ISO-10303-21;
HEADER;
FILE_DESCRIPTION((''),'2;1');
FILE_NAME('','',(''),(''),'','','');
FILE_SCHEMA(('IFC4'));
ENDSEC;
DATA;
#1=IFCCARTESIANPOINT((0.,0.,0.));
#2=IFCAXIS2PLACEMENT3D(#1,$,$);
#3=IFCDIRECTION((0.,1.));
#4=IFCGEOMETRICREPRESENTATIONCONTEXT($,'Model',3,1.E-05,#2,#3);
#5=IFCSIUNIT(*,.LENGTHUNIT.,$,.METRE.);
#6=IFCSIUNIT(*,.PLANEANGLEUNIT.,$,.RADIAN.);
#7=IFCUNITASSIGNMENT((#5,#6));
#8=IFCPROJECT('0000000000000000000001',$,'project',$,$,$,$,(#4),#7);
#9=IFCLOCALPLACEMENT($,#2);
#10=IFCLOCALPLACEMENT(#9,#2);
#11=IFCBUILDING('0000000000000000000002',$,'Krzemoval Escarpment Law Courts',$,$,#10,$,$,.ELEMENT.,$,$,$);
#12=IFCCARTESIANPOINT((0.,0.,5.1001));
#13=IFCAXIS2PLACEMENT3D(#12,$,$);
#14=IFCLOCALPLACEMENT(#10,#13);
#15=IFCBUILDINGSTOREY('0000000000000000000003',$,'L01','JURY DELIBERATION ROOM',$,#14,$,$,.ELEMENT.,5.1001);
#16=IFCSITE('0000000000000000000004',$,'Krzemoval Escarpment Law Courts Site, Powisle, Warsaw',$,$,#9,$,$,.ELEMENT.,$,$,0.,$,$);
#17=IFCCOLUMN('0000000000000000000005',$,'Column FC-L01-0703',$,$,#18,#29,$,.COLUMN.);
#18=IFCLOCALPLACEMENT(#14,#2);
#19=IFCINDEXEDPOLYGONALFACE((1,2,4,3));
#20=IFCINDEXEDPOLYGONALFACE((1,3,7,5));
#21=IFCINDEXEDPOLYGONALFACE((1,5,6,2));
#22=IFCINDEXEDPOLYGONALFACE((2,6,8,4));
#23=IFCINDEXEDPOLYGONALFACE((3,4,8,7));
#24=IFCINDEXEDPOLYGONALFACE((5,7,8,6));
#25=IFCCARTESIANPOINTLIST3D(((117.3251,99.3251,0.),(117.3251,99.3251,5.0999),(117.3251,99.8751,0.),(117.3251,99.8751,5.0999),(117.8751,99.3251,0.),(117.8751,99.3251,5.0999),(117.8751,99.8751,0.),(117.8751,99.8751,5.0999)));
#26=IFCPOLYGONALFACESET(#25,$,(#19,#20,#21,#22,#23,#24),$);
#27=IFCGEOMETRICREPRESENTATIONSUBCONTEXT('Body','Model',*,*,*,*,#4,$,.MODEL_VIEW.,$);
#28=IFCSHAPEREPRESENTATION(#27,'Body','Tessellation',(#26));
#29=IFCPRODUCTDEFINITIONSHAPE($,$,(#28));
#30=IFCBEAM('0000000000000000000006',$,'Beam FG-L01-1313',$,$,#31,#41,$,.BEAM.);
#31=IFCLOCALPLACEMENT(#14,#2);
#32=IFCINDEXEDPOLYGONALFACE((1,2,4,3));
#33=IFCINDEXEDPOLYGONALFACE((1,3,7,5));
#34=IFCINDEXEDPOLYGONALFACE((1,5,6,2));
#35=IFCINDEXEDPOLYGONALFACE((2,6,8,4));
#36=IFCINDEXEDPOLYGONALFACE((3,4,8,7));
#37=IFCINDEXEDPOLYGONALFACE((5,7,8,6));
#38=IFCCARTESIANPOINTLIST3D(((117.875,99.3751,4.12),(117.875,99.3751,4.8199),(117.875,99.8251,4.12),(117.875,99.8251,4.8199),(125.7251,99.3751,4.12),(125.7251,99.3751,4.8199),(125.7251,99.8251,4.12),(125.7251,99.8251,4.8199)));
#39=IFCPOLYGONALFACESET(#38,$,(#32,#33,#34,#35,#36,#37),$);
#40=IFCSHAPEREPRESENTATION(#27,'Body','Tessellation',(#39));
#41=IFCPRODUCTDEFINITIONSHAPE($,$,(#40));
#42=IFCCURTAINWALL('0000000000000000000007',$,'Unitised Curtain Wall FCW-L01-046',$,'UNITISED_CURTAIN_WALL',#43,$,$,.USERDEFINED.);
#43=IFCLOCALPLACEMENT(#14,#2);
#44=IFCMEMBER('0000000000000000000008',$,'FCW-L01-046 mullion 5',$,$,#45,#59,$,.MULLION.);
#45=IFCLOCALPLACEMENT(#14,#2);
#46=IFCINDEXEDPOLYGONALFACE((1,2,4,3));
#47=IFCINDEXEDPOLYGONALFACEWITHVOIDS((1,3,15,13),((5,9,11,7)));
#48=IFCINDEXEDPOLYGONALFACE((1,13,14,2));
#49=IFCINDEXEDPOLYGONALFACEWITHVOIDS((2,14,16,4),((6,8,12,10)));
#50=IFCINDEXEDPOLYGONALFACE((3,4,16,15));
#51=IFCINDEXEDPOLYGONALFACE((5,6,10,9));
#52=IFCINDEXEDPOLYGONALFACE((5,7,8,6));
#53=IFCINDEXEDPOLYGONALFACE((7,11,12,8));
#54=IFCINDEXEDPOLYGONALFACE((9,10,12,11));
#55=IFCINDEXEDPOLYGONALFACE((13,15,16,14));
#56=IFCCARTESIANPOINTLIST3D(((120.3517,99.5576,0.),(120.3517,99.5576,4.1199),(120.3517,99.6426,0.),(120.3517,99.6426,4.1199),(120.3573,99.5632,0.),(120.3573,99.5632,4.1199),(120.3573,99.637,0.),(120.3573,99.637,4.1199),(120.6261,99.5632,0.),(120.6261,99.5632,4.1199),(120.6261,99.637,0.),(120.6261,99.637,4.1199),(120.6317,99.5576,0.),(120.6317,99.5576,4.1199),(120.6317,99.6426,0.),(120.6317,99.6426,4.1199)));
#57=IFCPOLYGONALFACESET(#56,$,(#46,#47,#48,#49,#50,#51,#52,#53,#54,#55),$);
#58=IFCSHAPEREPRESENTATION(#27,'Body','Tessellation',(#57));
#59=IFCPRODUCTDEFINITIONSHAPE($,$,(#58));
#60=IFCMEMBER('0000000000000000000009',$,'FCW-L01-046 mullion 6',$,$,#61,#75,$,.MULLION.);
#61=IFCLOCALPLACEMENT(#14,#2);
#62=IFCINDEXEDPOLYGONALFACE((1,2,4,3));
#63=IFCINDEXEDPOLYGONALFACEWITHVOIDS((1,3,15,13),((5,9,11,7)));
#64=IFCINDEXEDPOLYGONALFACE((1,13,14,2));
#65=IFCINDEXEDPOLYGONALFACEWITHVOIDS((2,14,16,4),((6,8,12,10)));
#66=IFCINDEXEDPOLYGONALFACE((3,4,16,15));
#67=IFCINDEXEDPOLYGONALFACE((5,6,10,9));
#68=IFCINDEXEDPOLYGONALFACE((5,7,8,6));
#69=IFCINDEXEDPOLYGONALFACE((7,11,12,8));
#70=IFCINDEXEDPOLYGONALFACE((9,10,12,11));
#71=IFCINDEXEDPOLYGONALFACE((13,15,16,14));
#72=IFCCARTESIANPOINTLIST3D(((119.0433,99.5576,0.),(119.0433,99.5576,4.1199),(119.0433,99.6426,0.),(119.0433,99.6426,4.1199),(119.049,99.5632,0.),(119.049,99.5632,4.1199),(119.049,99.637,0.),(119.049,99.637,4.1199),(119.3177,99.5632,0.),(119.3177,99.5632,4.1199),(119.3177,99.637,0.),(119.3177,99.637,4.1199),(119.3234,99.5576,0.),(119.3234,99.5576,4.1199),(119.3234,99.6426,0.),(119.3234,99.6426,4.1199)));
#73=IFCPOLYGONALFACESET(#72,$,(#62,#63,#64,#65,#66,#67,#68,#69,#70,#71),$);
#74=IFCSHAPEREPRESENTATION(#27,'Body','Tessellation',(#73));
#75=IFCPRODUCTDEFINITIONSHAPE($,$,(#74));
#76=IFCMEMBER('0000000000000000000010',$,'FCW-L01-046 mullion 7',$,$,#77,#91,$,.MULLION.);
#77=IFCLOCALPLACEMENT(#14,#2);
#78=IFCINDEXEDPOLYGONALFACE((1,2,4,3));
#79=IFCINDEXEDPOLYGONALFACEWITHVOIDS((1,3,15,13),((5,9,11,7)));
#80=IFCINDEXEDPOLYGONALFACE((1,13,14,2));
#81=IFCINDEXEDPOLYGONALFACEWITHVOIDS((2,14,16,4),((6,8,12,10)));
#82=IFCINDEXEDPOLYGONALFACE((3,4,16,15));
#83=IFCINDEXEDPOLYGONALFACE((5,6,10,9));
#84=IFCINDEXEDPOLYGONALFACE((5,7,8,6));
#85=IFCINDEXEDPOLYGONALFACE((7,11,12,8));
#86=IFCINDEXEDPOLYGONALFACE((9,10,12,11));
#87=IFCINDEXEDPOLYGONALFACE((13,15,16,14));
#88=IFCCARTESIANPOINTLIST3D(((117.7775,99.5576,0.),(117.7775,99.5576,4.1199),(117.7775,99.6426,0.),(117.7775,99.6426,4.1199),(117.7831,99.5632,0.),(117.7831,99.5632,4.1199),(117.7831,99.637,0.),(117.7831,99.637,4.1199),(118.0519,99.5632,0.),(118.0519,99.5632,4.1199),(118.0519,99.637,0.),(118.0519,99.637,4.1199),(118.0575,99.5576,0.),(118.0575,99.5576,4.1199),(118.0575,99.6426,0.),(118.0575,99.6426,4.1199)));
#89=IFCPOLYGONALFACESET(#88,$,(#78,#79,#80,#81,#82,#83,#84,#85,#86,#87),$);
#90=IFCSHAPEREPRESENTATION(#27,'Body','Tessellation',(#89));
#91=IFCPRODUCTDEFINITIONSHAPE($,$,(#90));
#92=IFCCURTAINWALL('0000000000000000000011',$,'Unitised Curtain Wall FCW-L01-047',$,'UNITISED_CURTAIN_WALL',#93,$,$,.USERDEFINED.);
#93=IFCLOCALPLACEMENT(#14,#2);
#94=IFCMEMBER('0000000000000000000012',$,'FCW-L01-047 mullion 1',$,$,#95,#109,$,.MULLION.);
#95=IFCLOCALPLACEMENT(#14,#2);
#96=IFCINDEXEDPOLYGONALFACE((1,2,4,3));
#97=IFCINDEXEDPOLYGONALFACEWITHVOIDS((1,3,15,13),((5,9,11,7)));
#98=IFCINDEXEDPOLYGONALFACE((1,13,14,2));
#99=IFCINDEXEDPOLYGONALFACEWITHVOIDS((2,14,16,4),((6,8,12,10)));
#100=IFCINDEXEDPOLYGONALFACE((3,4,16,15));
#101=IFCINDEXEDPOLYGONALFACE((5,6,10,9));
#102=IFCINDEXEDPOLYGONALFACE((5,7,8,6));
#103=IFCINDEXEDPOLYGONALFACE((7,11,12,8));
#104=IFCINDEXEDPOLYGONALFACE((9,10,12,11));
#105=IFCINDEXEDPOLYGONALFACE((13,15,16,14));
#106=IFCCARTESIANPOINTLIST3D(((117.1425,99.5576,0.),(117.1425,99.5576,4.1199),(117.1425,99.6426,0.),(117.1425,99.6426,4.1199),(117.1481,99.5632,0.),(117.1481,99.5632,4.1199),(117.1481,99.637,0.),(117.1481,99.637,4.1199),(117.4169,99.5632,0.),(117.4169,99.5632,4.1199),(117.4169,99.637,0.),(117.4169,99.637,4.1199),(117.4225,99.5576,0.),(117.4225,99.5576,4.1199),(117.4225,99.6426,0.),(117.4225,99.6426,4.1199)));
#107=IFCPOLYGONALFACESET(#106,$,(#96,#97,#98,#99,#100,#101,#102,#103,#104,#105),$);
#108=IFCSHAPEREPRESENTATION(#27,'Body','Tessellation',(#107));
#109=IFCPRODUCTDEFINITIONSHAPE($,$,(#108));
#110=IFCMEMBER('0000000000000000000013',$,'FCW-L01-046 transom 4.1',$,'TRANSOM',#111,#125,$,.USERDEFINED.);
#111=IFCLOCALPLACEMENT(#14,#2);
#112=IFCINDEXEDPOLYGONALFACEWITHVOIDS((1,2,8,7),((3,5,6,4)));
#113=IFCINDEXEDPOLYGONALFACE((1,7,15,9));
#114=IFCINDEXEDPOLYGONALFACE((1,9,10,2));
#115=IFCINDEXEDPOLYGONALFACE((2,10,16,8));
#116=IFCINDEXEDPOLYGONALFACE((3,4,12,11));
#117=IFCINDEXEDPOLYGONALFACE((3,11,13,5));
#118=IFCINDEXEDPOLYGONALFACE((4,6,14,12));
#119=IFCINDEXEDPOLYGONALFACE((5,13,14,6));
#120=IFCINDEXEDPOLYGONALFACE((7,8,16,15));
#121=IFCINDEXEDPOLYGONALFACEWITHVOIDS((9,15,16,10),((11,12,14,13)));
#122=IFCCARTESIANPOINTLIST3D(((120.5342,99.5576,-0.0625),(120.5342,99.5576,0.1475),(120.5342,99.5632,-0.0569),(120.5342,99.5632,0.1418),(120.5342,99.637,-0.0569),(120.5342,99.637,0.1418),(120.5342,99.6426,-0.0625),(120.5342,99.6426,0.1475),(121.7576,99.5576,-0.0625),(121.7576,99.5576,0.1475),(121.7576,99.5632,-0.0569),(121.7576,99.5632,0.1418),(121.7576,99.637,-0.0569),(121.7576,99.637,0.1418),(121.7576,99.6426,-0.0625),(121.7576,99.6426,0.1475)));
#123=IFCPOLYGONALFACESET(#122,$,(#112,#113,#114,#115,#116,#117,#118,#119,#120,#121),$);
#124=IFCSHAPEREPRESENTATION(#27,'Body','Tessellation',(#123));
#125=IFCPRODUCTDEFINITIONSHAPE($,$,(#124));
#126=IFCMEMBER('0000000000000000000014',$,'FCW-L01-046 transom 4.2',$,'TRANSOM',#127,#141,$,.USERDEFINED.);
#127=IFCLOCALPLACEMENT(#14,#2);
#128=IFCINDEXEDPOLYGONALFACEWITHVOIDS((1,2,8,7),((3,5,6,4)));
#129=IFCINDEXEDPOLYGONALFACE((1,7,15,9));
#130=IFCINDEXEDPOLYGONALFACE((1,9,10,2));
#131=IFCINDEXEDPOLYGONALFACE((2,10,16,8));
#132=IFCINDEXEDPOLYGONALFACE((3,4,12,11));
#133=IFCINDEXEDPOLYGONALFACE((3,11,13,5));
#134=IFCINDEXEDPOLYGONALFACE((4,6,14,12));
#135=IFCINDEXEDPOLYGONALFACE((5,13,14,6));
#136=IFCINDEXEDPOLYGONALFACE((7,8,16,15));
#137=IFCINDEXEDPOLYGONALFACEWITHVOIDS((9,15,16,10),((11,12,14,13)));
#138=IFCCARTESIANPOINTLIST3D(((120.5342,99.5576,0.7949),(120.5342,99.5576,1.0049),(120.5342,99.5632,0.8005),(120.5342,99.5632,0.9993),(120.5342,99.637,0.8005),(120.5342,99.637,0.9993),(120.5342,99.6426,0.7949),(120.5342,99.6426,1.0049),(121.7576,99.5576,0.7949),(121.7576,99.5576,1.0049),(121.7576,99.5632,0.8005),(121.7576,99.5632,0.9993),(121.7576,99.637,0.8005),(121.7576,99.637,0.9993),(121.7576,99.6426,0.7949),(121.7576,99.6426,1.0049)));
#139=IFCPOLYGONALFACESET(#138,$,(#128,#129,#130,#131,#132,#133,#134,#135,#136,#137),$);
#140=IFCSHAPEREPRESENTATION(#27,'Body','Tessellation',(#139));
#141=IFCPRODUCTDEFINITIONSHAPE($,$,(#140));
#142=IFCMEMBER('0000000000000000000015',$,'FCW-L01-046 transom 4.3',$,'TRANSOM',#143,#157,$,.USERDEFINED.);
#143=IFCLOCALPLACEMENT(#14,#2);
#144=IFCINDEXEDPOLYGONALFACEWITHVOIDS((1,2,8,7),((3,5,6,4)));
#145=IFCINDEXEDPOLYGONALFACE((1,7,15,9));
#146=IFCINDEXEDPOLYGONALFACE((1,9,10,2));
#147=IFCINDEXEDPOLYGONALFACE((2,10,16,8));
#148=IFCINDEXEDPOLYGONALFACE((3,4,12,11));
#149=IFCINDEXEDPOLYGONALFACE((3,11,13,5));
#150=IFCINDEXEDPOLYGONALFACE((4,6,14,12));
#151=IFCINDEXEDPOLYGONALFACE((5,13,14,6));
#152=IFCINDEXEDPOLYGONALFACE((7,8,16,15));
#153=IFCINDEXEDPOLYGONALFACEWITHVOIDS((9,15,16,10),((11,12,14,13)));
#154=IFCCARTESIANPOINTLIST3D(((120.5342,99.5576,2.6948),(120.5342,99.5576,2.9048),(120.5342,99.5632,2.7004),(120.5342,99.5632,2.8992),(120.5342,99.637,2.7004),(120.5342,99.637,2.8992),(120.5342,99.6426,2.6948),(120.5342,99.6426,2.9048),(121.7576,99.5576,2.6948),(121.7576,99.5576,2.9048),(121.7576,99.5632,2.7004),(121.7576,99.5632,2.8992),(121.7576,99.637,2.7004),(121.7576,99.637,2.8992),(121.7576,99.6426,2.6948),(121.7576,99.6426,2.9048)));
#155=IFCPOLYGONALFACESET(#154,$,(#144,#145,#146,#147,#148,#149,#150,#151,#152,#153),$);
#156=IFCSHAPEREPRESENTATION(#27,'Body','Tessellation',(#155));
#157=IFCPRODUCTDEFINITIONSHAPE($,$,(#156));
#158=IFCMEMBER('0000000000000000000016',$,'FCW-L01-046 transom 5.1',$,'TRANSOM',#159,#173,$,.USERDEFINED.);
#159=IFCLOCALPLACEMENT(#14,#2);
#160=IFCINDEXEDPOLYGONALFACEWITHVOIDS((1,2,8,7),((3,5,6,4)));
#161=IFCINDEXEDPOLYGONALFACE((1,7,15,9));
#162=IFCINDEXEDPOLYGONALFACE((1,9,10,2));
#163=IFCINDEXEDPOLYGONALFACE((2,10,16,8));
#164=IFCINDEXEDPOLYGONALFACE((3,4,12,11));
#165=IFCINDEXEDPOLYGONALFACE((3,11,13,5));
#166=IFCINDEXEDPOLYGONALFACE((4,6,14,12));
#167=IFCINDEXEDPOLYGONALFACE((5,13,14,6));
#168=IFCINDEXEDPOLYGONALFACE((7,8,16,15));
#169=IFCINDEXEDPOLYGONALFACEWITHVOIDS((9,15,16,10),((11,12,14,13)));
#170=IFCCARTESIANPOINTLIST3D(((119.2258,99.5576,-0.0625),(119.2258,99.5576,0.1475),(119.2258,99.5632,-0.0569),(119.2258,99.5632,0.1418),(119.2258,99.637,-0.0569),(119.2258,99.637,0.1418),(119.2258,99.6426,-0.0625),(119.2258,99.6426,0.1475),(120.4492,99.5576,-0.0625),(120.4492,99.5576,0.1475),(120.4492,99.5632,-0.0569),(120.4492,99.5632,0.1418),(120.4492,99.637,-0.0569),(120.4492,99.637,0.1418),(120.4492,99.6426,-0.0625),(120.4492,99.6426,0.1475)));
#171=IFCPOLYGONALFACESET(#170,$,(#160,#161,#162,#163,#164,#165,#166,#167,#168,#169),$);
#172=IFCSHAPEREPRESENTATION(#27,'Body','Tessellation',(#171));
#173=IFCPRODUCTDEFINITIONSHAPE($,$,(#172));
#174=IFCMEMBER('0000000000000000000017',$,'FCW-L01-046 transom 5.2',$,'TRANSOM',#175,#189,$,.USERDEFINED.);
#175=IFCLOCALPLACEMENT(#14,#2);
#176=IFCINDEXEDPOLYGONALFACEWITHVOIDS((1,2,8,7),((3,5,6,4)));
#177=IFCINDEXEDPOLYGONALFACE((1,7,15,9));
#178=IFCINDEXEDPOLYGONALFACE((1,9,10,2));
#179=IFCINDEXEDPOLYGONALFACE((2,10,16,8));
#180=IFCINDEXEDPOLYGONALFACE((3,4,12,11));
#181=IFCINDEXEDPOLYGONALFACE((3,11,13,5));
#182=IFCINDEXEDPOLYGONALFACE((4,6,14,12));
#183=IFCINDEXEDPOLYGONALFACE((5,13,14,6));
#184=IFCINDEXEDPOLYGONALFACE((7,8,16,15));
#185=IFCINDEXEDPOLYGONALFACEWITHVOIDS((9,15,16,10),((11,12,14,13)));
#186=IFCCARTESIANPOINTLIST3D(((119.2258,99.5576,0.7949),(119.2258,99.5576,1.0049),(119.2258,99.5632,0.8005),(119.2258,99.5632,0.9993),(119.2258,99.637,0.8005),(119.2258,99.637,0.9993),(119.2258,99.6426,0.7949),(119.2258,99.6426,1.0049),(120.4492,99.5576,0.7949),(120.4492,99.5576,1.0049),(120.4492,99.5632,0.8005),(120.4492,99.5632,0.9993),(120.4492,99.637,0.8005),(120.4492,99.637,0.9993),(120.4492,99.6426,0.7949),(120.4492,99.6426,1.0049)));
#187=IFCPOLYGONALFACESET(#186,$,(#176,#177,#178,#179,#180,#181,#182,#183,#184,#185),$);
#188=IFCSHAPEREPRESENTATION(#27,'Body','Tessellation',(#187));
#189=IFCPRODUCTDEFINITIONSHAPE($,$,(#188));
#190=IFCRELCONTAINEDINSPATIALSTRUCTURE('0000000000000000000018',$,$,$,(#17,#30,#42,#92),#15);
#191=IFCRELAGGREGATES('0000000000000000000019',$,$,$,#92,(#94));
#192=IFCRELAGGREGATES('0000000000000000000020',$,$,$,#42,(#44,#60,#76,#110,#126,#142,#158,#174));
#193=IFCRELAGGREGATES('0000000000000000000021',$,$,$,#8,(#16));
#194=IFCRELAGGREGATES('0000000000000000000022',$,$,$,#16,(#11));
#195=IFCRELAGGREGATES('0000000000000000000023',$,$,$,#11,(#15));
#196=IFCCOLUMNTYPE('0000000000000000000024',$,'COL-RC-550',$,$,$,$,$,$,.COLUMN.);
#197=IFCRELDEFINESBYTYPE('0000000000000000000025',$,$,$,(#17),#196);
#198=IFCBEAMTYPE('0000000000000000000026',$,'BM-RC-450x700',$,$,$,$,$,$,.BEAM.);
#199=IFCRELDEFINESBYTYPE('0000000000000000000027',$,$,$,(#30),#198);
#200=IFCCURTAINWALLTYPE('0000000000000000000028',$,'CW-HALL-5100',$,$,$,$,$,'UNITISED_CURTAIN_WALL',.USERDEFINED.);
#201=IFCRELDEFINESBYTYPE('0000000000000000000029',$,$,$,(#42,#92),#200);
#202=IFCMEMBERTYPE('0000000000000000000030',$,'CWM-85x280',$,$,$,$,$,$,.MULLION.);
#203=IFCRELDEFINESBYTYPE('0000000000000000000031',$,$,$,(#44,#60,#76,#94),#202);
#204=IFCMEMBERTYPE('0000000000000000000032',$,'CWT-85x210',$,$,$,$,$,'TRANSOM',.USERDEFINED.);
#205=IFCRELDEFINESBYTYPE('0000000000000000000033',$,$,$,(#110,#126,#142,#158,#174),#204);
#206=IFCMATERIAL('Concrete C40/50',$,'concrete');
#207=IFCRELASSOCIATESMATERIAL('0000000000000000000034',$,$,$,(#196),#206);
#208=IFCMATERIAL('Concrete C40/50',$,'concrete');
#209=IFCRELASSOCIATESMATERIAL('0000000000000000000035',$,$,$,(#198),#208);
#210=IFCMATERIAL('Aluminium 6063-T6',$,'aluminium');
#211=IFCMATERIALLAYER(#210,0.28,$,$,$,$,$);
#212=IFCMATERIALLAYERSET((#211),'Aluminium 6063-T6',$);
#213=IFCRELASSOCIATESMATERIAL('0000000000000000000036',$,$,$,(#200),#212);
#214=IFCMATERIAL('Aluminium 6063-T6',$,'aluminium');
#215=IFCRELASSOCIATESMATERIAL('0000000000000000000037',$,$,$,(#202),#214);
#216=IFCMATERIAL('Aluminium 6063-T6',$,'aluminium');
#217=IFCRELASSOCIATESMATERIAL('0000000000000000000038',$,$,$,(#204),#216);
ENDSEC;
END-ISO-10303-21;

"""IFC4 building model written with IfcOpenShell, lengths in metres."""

from ifc_helpers import new_model, si_unit, direction, frame, origin, origin_2d, place, context, subcontext, project, spatial, rectangle, hollow_rectangle, extrude, material, layer, layer_set, material_profile, profile_set, type_object, element, aggregate, save


model = new_model("IFC4")

# Units and contexts
model_context = context("Model", 3, precision=1e-05, world=origin(), true_north=direction((0.0, 1.0)))
body_context = subcontext(model_context, "Body", "Model", "MODEL_VIEW")
ifc_project = project(units=[si_unit("LENGTHUNIT", "METRE"), si_unit("PLANEANGLEUNIT", "RADIAN")], contexts=[model_context])

# Site, building, storey
site_placement = place(None, origin())
site = spatial("IfcSite", under=ifc_project, at=site_placement, Name="Krzemoval Escarpment Law Courts Site, Powisle, Warsaw", CompositionType="ELEMENT", RefElevation=0.0)
building_placement = place(site_placement, origin())
building = spatial("IfcBuilding", under=site, at=building_placement, Name="Krzemoval Escarpment Law Courts", CompositionType="ELEMENT")
storey_placement = place(building_placement, frame((0.0, 0.0, 5.1001)))
storey = spatial("IfcBuildingStorey", under=building, at=storey_placement, Name="L01", Description="JURY DELIBERATION ROOM", CompositionType="ELEMENT", Elevation=5.1001)

# Column
ifc_material_1 = material(Name="Concrete C40/50", Category="concrete")
ifc_material_profile_1 = material_profile(ifc_material_1, rectangle(XDim=0.55, YDim=0.55, at=origin_2d()), Name="RC 550x550")
ifc_profile_set_1 = profile_set([ifc_material_profile_1], Name="Concrete C40/50")
column_type = type_object("IfcColumnType", Name="COL-RC-550", PredefinedType="COLUMN", material=ifc_profile_set_1)
column_placement = place(storey_placement, frame((117.6001, 99.6001, 0.0), z_axis=(0.0, 0.0, 1.0), x_axis=(1.0, 0.0, 0.0)))
element("IfcColumn", 1, at=column_placement, inside=storey, type_object=column_type, Name="Column FC-L01-0703", PredefinedType="COLUMN", context=body_context, shape_type="SweptSolid", body=[
    extrude(rectangle(XDim=0.55, YDim=0.55, at=origin_2d()), origin(), (0.0, 0.0, 1.0), 5.0999),
])

# Beam
ifc_material_2 = material(Name="Concrete C40/50", Category="concrete")
ifc_material_profile_2 = material_profile(ifc_material_2, rectangle(XDim=0.45, YDim=0.7, at=origin_2d()), Name="RCB 450x700")
ifc_profile_set_2 = profile_set([ifc_material_profile_2], Name="Concrete C40/50")
beam_type = type_object("IfcBeamType", Name="BM-RC-450x700", PredefinedType="BEAM", material=ifc_profile_set_2)
beam_placement = place(storey_placement, frame((117.875, 99.6001, 4.47), z_axis=(1.0, 0.0, 0.0), x_axis=(0.0, 1.0, 0.0)))
element("IfcBeam", 2, at=beam_placement, inside=storey, type_object=beam_type, Name="Beam FG-L01-1313", PredefinedType="BEAM", context=body_context, shape_type="SweptSolid", body=[
    extrude(rectangle(XDim=0.45, YDim=0.7, at=origin_2d()), origin(), (0.0, 0.0, 1.0), 7.8501),
])

# Curtain wall, members
ifc_material_3 = material(Name="Aluminium 6063-T6", Category="aluminium")
ifc_layer_1 = layer(ifc_material_3, 0.28)
ifc_layer_set_1 = layer_set([ifc_layer_1], Name="Aluminium 6063-T6")
curtain_wall_type = type_object("IfcCurtainWallType", Name="CW-HALL-5100", ElementType="UNITISED_CURTAIN_WALL", PredefinedType="USERDEFINED", material=ifc_layer_set_1)
curtain_wall_1_placement = place(storey_placement, origin())
curtain_wall_1 = element("IfcCurtainWall", 3, at=curtain_wall_1_placement, inside=storey, type_object=curtain_wall_type, Name="Unitised Curtain Wall FCW-L01-046", ObjectType="UNITISED_CURTAIN_WALL", PredefinedType="USERDEFINED")
ifc_material_4 = material(Name="Aluminium 6063-T6", Category="aluminium")
ifc_material_profile_3 = material_profile(ifc_material_4, hollow_rectangle(XDim=0.085, YDim=0.28, WallThickness=0.0056, at=origin_2d()), Name="ALU M85x280")
ifc_profile_set_3 = profile_set([ifc_material_profile_3], Name="Aluminium 6063-T6")
member_type_1 = type_object("IfcMemberType", Name="CWM-85x280", PredefinedType="MULLION", material=ifc_profile_set_3)
member_1_placement = place(storey_placement, frame((120.4917, 99.6001, 0.0), z_axis=(0.0, 0.0, 1.0), x_axis=(0.0, -1.0, 0.0)))
member_1 = element("IfcMember", 4, at=member_1_placement, type_object=member_type_1, Name="FCW-L01-046 mullion 5", PredefinedType="MULLION", context=body_context, shape_type="SweptSolid", body=[
    extrude(hollow_rectangle(XDim=0.085, YDim=0.28, WallThickness=0.0056, at=origin_2d()), origin(), (0.0, 0.0, 1.0), 4.1199),
])
member_2_placement = place(storey_placement, frame((119.1833, 99.6001, 0.0), z_axis=(0.0, 0.0, 1.0), x_axis=(0.0, -1.0, 0.0)))
member_2 = element("IfcMember", 5, at=member_2_placement, type_object=member_type_1, Name="FCW-L01-046 mullion 6", PredefinedType="MULLION", context=body_context, shape_type="SweptSolid", body=[
    extrude(hollow_rectangle(XDim=0.085, YDim=0.28, WallThickness=0.0056, at=origin_2d()), origin(), (0.0, 0.0, 1.0), 4.1199),
])
member_3_placement = place(storey_placement, frame((117.9175, 99.6001, 0.0), z_axis=(0.0, 0.0, 1.0), x_axis=(0.0, -1.0, 0.0)))
member_3 = element("IfcMember", 6, at=member_3_placement, type_object=member_type_1, Name="FCW-L01-046 mullion 7", PredefinedType="MULLION", context=body_context, shape_type="SweptSolid", body=[
    extrude(hollow_rectangle(XDim=0.085, YDim=0.28, WallThickness=0.0056, at=origin_2d()), origin(), (0.0, 0.0, 1.0), 4.1199),
])

# Curtain wall, member
curtain_wall_2_placement = place(storey_placement, origin())
curtain_wall_2 = element("IfcCurtainWall", 7, at=curtain_wall_2_placement, inside=storey, type_object=curtain_wall_type, Name="Unitised Curtain Wall FCW-L01-047", ObjectType="UNITISED_CURTAIN_WALL", PredefinedType="USERDEFINED")
member_4_placement = place(storey_placement, frame((117.2825, 99.6001, 0.0), z_axis=(0.0, 0.0, 1.0), x_axis=(0.0, -1.0, 0.0)))
member_4 = element("IfcMember", 8, at=member_4_placement, type_object=member_type_1, Name="FCW-L01-047 mullion 1", PredefinedType="MULLION", context=body_context, shape_type="SweptSolid", body=[
    extrude(hollow_rectangle(XDim=0.085, YDim=0.28, WallThickness=0.0056, at=origin_2d()), origin(), (0.0, 0.0, 1.0), 4.1199),
])

# Members
ifc_material_5 = material(Name="Aluminium 6063-T6", Category="aluminium")
ifc_material_profile_4 = material_profile(ifc_material_5, hollow_rectangle(XDim=0.085, YDim=0.21, WallThickness=0.0056, at=origin_2d()), Name="ALU T85x210")
ifc_profile_set_4 = profile_set([ifc_material_profile_4], Name="Aluminium 6063-T6")
member_type_2 = type_object("IfcMemberType", Name="CWT-85x210", ElementType="TRANSOM", PredefinedType="USERDEFINED", material=ifc_profile_set_4)
member_5_placement = place(storey_placement, frame((121.7576, 99.6001, 0.0425), z_axis=(-1.0, 0.0, 0.0), x_axis=(0.0, -1.0, 0.0)))
member_5 = element("IfcMember", 9, at=member_5_placement, type_object=member_type_2, Name="FCW-L01-046 transom 4.1", ObjectType="TRANSOM", PredefinedType="USERDEFINED", context=body_context, shape_type="SweptSolid", body=[
    extrude(hollow_rectangle(XDim=0.085, YDim=0.21, WallThickness=0.0056, at=origin_2d()), origin(), (0.0, 0.0, 1.0), 1.2234),
])
member_6_placement = place(storey_placement, frame((121.7576, 99.6001, 0.8999), z_axis=(-1.0, 0.0, 0.0), x_axis=(0.0, -1.0, 0.0)))
member_6 = element("IfcMember", 10, at=member_6_placement, type_object=member_type_2, Name="FCW-L01-046 transom 4.2", ObjectType="TRANSOM", PredefinedType="USERDEFINED", context=body_context, shape_type="SweptSolid", body=[
    extrude(hollow_rectangle(XDim=0.085, YDim=0.21, WallThickness=0.0056, at=origin_2d()), origin(), (0.0, 0.0, 1.0), 1.2234),
])
member_7_placement = place(storey_placement, frame((121.7576, 99.6001, 2.7998), z_axis=(-1.0, 0.0, 0.0), x_axis=(0.0, -1.0, 0.0)))
member_7 = element("IfcMember", 11, at=member_7_placement, type_object=member_type_2, Name="FCW-L01-046 transom 4.3", ObjectType="TRANSOM", PredefinedType="USERDEFINED", context=body_context, shape_type="SweptSolid", body=[
    extrude(hollow_rectangle(XDim=0.085, YDim=0.21, WallThickness=0.0056, at=origin_2d()), origin(), (0.0, 0.0, 1.0), 1.2234),
])
member_8_placement = place(storey_placement, frame((120.4492, 99.6001, 0.0425), z_axis=(-1.0, 0.0, 0.0), x_axis=(0.0, -1.0, 0.0)))
member_8 = element("IfcMember", 12, at=member_8_placement, type_object=member_type_2, Name="FCW-L01-046 transom 5.1", ObjectType="TRANSOM", PredefinedType="USERDEFINED", context=body_context, shape_type="SweptSolid", body=[
    extrude(hollow_rectangle(XDim=0.085, YDim=0.21, WallThickness=0.0056, at=origin_2d()), origin(), (0.0, 0.0, 1.0), 1.2234),
])
member_9_placement = place(storey_placement, frame((120.4492, 99.6001, 0.8999), z_axis=(-1.0, 0.0, 0.0), x_axis=(0.0, -1.0, 0.0)))
member_9 = element("IfcMember", 13, at=member_9_placement, type_object=member_type_2, Name="FCW-L01-046 transom 5.2", ObjectType="TRANSOM", PredefinedType="USERDEFINED", context=body_context, shape_type="SweptSolid", body=[
    extrude(hollow_rectangle(XDim=0.085, YDim=0.21, WallThickness=0.0056, at=origin_2d()), origin(), (0.0, 0.0, 1.0), 1.2234),
])
aggregate(curtain_wall_2, [member_4])

aggregate(curtain_wall_1, [member_1, member_2, member_3, member_5, member_6, member_7, member_8, member_9])

save(model, "model.ifc")
